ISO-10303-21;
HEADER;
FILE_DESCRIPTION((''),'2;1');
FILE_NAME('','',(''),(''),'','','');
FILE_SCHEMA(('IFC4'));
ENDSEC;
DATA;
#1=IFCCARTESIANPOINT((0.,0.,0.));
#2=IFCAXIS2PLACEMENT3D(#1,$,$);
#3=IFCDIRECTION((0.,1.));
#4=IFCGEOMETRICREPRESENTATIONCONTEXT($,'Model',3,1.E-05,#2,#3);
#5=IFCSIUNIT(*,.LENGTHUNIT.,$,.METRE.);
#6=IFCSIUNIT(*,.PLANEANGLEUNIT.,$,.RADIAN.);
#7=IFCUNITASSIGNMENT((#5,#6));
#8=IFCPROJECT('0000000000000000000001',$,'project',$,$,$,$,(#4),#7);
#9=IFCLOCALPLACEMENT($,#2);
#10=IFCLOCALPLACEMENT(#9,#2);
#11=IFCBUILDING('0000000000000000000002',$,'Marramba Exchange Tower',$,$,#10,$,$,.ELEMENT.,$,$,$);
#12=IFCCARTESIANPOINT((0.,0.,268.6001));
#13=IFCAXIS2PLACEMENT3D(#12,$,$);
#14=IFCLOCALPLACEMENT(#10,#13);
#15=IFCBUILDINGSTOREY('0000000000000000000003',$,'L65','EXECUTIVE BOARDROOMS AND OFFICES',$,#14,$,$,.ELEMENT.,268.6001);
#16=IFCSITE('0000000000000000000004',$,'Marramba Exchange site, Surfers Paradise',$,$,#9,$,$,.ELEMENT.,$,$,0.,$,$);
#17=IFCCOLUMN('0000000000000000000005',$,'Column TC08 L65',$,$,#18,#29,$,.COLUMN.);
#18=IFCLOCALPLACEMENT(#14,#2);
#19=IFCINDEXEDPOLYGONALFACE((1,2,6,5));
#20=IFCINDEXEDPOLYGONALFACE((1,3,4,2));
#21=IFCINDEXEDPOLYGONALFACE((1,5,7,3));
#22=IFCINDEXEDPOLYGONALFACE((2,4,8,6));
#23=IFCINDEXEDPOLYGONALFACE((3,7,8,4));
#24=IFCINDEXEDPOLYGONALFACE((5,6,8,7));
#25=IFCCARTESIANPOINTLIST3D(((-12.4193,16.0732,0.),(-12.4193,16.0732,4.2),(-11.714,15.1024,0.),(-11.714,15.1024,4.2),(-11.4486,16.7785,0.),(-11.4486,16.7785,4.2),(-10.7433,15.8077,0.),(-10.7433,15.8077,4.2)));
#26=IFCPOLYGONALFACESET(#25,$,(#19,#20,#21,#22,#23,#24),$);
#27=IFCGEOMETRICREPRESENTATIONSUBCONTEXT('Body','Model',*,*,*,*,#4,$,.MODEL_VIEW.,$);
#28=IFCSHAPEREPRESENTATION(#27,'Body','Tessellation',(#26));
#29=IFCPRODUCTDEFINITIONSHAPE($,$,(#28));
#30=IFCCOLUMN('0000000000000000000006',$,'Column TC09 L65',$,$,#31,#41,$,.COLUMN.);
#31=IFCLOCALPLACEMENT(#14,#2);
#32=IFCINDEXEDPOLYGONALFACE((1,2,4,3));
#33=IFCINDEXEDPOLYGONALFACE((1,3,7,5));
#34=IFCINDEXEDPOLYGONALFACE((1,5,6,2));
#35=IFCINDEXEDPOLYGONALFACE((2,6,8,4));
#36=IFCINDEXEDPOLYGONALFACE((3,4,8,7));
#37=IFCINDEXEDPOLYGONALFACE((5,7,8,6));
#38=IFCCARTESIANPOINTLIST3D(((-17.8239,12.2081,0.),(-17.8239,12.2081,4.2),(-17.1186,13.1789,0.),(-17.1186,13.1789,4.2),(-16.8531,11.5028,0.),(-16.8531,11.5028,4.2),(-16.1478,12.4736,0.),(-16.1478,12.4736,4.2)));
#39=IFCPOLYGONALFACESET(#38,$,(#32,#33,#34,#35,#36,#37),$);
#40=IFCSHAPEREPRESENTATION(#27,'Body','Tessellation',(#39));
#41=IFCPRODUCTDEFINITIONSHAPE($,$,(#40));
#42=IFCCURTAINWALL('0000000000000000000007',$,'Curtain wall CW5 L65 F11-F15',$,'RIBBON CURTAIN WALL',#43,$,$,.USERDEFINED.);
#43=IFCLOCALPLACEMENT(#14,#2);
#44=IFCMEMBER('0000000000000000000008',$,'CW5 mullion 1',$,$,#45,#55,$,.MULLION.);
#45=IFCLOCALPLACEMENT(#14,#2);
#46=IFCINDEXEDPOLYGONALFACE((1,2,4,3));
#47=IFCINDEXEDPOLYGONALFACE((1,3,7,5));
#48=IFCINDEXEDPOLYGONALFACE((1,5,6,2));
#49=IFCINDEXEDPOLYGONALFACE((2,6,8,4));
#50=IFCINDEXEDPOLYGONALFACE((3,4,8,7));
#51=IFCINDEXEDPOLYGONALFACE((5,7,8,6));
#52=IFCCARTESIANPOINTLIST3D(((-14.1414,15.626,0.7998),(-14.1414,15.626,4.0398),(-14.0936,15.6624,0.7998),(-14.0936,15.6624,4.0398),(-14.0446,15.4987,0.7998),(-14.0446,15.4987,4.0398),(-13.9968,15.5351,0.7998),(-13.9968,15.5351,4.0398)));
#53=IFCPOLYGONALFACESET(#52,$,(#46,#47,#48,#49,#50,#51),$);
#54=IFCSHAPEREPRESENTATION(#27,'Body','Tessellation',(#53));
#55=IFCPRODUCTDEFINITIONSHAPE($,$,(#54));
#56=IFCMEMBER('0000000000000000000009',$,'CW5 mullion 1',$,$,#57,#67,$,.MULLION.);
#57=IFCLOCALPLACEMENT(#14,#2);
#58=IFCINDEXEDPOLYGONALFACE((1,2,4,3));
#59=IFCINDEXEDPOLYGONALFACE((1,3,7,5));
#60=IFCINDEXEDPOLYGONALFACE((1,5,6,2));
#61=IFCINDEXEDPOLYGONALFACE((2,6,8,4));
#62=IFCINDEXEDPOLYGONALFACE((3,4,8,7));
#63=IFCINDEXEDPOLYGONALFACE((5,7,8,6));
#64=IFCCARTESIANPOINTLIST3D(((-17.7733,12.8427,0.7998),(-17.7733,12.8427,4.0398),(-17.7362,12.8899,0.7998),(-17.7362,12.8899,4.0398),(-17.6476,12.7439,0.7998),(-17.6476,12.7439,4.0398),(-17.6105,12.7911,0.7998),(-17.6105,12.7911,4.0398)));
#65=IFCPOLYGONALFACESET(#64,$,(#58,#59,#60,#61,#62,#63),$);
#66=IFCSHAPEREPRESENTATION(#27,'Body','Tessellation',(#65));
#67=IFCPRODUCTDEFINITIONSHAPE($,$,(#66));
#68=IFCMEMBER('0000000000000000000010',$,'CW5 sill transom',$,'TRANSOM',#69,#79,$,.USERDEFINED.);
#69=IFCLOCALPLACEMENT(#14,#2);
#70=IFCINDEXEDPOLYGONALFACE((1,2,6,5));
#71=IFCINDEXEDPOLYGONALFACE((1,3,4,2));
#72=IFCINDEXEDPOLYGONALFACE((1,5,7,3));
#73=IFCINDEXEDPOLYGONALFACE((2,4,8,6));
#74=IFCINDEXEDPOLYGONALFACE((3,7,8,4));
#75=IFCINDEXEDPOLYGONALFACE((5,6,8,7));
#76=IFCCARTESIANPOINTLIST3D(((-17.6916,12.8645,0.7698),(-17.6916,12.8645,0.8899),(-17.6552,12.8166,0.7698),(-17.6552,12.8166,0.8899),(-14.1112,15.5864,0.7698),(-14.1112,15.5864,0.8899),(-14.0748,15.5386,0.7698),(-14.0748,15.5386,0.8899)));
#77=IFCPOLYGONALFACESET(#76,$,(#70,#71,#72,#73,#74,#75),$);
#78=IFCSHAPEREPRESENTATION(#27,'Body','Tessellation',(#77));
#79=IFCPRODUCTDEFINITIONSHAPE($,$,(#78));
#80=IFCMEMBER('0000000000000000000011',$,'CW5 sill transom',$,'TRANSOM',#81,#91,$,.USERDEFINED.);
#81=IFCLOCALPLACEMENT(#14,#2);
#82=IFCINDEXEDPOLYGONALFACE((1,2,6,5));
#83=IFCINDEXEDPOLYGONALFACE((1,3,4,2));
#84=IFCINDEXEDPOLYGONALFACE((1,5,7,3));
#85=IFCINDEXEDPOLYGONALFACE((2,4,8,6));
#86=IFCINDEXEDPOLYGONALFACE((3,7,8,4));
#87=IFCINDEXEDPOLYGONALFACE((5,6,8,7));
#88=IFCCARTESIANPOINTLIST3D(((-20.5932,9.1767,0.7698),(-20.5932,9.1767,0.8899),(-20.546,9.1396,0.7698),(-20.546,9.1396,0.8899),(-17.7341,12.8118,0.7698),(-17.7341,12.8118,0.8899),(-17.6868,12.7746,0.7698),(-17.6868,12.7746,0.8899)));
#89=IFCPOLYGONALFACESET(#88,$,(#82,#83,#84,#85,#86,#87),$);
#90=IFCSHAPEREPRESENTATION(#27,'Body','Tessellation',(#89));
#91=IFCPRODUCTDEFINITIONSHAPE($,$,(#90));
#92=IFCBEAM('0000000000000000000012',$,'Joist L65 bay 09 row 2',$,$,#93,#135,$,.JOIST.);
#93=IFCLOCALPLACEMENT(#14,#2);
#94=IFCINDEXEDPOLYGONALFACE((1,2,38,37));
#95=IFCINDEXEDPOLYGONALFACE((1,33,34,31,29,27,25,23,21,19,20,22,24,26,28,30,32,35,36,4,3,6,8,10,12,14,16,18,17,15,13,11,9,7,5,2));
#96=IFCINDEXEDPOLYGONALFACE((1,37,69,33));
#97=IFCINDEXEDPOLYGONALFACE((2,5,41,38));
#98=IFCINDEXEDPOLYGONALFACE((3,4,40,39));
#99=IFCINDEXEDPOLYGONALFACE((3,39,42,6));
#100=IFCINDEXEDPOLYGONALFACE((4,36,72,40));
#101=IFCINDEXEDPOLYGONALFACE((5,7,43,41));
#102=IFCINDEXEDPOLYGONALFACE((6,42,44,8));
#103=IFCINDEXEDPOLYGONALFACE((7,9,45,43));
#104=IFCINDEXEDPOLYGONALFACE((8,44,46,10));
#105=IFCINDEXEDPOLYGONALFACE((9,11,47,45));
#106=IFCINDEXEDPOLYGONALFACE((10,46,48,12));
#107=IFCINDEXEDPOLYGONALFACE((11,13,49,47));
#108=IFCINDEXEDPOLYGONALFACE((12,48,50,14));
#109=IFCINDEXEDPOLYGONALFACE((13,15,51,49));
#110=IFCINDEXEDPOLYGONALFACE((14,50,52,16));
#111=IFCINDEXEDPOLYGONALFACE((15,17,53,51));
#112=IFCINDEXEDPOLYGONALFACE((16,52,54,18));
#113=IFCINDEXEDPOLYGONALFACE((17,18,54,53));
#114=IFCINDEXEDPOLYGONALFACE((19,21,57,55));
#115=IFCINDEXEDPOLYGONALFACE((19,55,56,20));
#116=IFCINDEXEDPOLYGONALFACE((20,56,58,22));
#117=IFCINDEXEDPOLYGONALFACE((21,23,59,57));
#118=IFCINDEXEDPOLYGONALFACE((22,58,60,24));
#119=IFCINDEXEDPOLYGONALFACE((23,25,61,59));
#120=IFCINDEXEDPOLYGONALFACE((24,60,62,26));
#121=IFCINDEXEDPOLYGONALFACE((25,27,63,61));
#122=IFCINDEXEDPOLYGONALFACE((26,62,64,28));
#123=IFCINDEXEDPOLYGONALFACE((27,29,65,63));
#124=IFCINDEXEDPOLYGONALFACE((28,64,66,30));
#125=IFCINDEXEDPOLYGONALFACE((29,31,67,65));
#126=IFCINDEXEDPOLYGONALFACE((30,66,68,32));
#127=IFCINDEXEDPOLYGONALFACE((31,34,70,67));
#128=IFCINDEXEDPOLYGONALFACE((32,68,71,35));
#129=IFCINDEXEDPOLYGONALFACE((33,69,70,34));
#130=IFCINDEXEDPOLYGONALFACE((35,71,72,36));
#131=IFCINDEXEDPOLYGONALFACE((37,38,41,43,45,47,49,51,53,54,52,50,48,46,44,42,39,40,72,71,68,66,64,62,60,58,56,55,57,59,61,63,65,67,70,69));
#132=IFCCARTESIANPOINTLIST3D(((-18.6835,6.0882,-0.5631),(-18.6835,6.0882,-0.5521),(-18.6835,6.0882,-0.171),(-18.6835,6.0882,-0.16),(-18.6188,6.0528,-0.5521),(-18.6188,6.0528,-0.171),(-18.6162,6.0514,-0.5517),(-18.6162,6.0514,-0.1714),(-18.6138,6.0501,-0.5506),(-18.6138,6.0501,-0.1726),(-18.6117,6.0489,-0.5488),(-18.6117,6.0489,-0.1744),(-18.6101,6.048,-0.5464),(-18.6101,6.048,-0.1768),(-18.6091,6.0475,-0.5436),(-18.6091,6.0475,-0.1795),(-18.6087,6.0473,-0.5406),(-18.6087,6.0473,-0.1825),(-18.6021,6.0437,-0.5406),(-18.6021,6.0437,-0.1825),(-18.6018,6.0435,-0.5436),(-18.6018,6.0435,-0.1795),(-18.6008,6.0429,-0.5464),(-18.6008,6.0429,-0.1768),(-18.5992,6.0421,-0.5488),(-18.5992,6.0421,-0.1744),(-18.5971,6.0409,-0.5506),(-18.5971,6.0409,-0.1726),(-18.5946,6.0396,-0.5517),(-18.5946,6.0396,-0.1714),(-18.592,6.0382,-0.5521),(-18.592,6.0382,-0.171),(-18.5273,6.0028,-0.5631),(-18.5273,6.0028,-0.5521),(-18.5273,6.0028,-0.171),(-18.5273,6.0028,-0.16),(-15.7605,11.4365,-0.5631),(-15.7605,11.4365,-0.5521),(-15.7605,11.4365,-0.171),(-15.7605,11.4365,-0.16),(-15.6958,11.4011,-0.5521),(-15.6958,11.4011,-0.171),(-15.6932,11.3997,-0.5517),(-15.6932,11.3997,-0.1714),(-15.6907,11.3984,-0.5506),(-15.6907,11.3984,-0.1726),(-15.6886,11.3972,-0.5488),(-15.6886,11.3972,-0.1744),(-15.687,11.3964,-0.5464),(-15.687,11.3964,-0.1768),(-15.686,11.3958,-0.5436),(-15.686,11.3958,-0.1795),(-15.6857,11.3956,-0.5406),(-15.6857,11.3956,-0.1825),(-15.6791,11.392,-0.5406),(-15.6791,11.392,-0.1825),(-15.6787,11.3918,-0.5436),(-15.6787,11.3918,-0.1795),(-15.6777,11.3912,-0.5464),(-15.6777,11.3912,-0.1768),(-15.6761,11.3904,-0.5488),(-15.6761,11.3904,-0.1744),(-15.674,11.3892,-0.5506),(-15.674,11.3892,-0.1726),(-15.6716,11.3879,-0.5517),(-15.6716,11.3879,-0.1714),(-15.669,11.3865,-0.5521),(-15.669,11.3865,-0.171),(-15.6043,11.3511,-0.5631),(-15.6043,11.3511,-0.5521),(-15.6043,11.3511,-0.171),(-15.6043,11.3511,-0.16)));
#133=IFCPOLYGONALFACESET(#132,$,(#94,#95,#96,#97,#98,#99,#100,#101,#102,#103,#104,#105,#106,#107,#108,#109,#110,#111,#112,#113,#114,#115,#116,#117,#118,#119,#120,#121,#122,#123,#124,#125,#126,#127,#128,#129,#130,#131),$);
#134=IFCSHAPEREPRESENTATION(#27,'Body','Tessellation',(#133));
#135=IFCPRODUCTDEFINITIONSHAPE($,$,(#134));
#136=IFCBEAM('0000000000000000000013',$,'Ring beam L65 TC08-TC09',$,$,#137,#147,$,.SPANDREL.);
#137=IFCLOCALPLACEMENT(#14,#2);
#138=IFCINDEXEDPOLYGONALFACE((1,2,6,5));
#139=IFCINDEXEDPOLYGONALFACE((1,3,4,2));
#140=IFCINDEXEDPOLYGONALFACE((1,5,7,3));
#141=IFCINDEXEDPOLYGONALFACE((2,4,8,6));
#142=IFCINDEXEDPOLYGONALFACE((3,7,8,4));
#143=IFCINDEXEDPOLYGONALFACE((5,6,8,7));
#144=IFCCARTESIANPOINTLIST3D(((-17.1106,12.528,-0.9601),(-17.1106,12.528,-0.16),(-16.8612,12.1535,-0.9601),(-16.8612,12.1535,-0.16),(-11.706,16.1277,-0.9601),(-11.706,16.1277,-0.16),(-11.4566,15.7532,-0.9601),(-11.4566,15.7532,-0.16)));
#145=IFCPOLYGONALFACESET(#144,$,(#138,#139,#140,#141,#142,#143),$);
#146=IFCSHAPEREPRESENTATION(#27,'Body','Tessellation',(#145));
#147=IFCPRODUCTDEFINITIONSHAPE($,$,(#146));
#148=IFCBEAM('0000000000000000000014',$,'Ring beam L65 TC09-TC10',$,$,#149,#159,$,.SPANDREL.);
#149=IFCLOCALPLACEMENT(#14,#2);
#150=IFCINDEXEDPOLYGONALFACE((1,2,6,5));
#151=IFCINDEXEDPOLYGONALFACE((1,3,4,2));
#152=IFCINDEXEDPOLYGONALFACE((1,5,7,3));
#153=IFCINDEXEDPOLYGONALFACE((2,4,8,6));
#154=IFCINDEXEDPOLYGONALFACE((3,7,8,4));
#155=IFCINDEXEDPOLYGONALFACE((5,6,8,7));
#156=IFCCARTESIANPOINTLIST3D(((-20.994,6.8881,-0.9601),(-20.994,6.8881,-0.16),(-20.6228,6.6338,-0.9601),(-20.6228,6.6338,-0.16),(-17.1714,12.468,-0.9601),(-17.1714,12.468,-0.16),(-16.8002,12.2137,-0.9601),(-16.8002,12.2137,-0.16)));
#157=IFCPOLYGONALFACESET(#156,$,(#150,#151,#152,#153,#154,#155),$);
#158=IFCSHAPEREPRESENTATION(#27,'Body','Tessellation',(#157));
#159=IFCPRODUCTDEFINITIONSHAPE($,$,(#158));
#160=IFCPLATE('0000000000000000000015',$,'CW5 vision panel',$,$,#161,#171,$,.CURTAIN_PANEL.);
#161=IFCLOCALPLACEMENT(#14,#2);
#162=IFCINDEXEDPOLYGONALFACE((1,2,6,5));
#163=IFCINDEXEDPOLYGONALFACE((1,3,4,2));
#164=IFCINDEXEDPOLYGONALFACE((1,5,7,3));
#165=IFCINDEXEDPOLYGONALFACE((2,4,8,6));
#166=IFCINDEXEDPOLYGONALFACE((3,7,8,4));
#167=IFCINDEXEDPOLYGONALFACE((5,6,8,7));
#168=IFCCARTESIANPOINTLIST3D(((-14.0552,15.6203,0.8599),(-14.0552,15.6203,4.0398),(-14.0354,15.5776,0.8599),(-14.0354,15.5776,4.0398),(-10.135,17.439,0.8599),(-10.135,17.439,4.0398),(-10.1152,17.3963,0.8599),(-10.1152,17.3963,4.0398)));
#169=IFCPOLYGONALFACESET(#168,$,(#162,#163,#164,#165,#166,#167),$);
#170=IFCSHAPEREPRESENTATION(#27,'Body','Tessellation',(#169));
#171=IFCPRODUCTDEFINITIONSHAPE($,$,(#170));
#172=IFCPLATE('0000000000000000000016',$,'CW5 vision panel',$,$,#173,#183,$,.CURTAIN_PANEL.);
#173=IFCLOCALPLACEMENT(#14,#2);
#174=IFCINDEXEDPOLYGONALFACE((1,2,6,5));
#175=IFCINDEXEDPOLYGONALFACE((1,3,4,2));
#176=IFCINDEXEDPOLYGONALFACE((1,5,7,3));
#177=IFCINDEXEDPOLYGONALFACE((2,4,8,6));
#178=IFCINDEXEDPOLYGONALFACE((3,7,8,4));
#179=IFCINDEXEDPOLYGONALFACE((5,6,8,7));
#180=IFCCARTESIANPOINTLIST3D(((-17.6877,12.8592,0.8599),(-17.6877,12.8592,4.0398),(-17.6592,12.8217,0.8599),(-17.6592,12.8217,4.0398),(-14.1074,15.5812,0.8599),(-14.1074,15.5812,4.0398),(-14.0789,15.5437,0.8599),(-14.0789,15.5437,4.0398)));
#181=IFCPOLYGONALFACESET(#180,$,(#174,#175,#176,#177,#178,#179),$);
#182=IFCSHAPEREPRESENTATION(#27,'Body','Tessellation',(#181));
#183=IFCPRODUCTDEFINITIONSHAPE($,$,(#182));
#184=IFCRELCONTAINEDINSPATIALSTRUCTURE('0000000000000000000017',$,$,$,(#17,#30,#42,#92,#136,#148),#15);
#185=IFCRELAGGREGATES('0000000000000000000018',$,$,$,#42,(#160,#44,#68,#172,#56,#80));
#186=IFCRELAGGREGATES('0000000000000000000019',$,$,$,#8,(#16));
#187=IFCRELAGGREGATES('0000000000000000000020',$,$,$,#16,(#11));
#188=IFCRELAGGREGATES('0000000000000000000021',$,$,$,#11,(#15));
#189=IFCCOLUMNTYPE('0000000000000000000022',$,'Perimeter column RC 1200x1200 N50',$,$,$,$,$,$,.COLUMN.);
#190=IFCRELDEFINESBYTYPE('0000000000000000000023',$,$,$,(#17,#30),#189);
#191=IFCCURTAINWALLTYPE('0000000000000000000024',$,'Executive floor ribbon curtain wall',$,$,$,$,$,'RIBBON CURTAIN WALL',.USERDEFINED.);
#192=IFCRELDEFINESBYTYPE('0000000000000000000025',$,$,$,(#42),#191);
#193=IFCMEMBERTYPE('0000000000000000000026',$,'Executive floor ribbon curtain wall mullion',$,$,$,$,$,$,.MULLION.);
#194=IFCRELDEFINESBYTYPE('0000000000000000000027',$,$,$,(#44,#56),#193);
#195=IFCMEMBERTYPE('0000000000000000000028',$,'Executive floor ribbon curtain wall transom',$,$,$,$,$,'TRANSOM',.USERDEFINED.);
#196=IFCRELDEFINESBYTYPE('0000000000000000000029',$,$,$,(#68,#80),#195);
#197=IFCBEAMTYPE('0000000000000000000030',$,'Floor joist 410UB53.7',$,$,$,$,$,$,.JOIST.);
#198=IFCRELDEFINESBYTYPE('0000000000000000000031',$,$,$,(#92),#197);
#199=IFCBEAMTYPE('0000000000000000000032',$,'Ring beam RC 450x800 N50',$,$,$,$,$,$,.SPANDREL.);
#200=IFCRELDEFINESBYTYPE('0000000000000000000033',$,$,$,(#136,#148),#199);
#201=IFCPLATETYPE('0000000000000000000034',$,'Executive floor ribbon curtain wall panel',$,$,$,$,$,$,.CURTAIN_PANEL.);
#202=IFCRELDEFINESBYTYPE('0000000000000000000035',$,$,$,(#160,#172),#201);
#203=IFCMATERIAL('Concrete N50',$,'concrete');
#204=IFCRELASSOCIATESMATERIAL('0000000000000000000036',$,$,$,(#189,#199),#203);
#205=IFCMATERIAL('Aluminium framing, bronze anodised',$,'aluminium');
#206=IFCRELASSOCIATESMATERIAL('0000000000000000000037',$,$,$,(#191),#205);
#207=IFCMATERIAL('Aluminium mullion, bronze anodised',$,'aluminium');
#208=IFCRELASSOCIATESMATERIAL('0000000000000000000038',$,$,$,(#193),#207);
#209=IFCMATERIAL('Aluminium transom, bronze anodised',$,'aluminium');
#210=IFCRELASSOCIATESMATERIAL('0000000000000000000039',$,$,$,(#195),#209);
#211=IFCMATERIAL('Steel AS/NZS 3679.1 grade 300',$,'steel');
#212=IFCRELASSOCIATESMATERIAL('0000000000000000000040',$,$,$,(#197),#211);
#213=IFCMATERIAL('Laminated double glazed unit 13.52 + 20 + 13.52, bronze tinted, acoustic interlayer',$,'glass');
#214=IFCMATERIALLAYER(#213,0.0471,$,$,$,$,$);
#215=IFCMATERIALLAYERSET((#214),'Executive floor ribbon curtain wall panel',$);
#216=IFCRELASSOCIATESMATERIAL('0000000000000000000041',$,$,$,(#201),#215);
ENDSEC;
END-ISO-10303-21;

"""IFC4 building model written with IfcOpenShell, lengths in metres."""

from ifc_helpers import new_model, si_unit, direction, frame, origin, origin_2d, place, context, subcontext, project, spatial, rectangle, i_section, extrude, material, layer, layer_set, material_profile, profile_set, type_object, element, aggregate, save


model = new_model("IFC4")

# Units and contexts
model_context = context("Model", 3, precision=1e-05, world=origin(), true_north=direction((0.0, 1.0)))
body_context = subcontext(model_context, "Body", "Model", "MODEL_VIEW")
ifc_project = project(units=[si_unit("LENGTHUNIT", "METRE"), si_unit("PLANEANGLEUNIT", "RADIAN")], contexts=[model_context])

# Site, building, storey
site_placement = place(None, origin())
site = spatial("IfcSite", under=ifc_project, at=site_placement, Name="Marramba Exchange site, Surfers Paradise", CompositionType="ELEMENT", RefElevation=0.0)
building_placement = place(site_placement, origin())
building = spatial("IfcBuilding", under=site, at=building_placement, Name="Marramba Exchange Tower", CompositionType="ELEMENT")
storey_placement = place(building_placement, frame((0.0, 0.0, 268.6001)))
storey = spatial("IfcBuildingStorey", under=building, at=storey_placement, Name="L65", Description="EXECUTIVE BOARDROOMS AND OFFICES", CompositionType="ELEMENT", Elevation=268.6001)

# Columns
ifc_material_1 = material(Name="Concrete N50", Category="concrete")
ifc_material_profile_1 = material_profile(ifc_material_1, rectangle(XDim=1.2, YDim=1.2, at=origin_2d()), Name="RC 1200x1200")
ifc_profile_set_1 = profile_set([ifc_material_profile_1], Name="Concrete N50")
column_type = type_object("IfcColumnType", Name="Perimeter column RC 1200x1200 N50", PredefinedType="COLUMN", material=ifc_profile_set_1)
for number, where, z_axis, x_axis, name in (
    (1, (-11.5813, 15.9404, 0.0), (0.0, 0.0, 1.0), (-0.587785, 0.809017, 0.0), "Column TC08 L65"),
    (2, (-16.9858, 12.3408, 0.0), (0.0, 0.0, 1.0), (-0.809017, 0.587785, 0.0), "Column TC09 L65"),
):
    element("IfcColumn", number, at=place(storey_placement, frame(where, z_axis=z_axis, x_axis=x_axis)), inside=storey, type_object=column_type, Name=name, PredefinedType="COLUMN", context=body_context, shape_type="SweptSolid", body=[
        extrude(rectangle(XDim=1.2, YDim=1.2, at=origin_2d()), origin(), (0.0, 0.0, 1.0), 4.2),
    ])

# Curtain wall, members
ifc_material_2 = material(Name="Aluminium framing, bronze anodised", Category="aluminium")
curtain_wall_type = type_object("IfcCurtainWallType", Name="Executive floor ribbon curtain wall", ElementType="RIBBON CURTAIN WALL", PredefinedType="USERDEFINED", material=ifc_material_2)
curtain_wall_placement = place(storey_placement, origin())
curtain_wall = element("IfcCurtainWall", 3, at=curtain_wall_placement, inside=storey, type_object=curtain_wall_type, Name="Curtain wall CW5 L65 F11-F15", ObjectType="RIBBON CURTAIN WALL", PredefinedType="USERDEFINED")
ifc_material_3 = material(Name="Aluminium mullion, bronze anodised", Category="aluminium")
ifc_material_profile_2 = material_profile(ifc_material_3, rectangle(XDim=0.1599, YDim=0.0601, at=origin_2d()), Name="CW5 mullion 60x160")
ifc_profile_set_2 = profile_set([ifc_material_profile_2], Name="Aluminium mullion, bronze anodised")
member_type_1 = type_object("IfcMemberType", Name="Executive floor ribbon curtain wall mullion", PredefinedType="MULLION", material=ifc_profile_set_2)
member_1_placement = place(storey_placement, frame((-14.0691, 15.5806, 0.7998), z_axis=(0.0, 0.0, 1.0), x_axis=(0.605219, -0.796059, 0.0)))
member_1 = element("IfcMember", 4, at=member_1_placement, type_object=member_type_1, Name="CW5 mullion 1", PredefinedType="MULLION", context=body_context, shape_type="SweptSolid", body=[
    extrude(rectangle(XDim=0.1599, YDim=0.0601, at=origin_2d()), origin(), (0.0, 0.0, 1.0), 3.24),
])
member_2_placement = place(storey_placement, frame((-17.6919, 12.8169, 0.7998), z_axis=(0.0, 0.0, 1.0), x_axis=(0.786003, -0.618223, 0.0)))
member_2 = element("IfcMember", 5, at=member_2_placement, type_object=member_type_1, Name="CW5 mullion 1", PredefinedType="MULLION", context=body_context, shape_type="SweptSolid", body=[
    extrude(rectangle(XDim=0.1599, YDim=0.0601, at=origin_2d()), origin(), (0.0, 0.0, 1.0), 3.24),
])
ifc_material_4 = material(Name="Aluminium transom, bronze anodised", Category="aluminium")
ifc_material_profile_3 = material_profile(ifc_material_4, rectangle(XDim=0.0601, YDim=0.1201, at=origin_2d()), Name="CW5 transom 60x120")
ifc_profile_set_3 = profile_set([ifc_material_profile_3], Name="Aluminium transom, bronze anodised")
member_type_2 = type_object("IfcMemberType", Name="Executive floor ribbon curtain wall transom", ElementType="TRANSOM", PredefinedType="USERDEFINED", material=ifc_profile_set_3)
member_3_placement = place(storey_placement, frame((-14.093, 15.5625, 0.8298), z_axis=(-0.796068, -0.605207, 0.0), x_axis=(0.605207, -0.796068, 0.0)))
member_3 = element("IfcMember", 6, at=member_3_placement, type_object=member_type_2, Name="CW5 sill transom", ObjectType="TRANSOM", PredefinedType="USERDEFINED", context=body_context, shape_type="SweptSolid", body=[
    extrude(rectangle(XDim=0.0601, YDim=0.1201, at=origin_2d()), origin(), (0.0, 0.0, 1.0), 4.4976),
])
member_4_placement = place(storey_placement, frame((-17.7104, 12.7932, 0.8298), z_axis=(-0.618229, -0.785998, 0.0), x_axis=(0.785998, -0.618229, 0.0)))
member_4 = element("IfcMember", 7, at=member_4_placement, type_object=member_type_2, Name="CW5 sill transom", ObjectType="TRANSOM", PredefinedType="USERDEFINED", context=body_context, shape_type="SweptSolid", body=[
    extrude(rectangle(XDim=0.0601, YDim=0.1201, at=origin_2d()), origin(), (0.0, 0.0, 1.0), 4.6248),
])

# Beams
ifc_material_5 = material(Name="Steel AS/NZS 3679.1 grade 300", Category="steel")
ifc_material_profile_4 = material_profile(ifc_material_5, i_section(OverallWidth=0.178, OverallDepth=0.4031, WebThickness=0.0076, FlangeThickness=0.011, FilletRadius=0.0115, at=origin_2d()), Name="410UB53.7")
ifc_profile_set_4 = profile_set([ifc_material_profile_4], Name="Steel AS/NZS 3679.1 grade 300")
beam_type_1 = type_object("IfcBeamType", Name="Floor joist 410UB53.7", PredefinedType="JOIST", material=ifc_profile_set_4)
beam_1_placement = place(storey_placement, frame((-15.6824, 11.3938, -0.3616), z_axis=(-0.479584, -0.877496, 0.0), x_axis=(0.877496, -0.479584, 0.0)))
element("IfcBeam", 8, at=beam_1_placement, inside=storey, type_object=beam_type_1, Name="Joist L65 bay 09 row 2", PredefinedType="JOIST", context=body_context, shape_type="SweptSolid", body=[
    extrude(i_section(OverallWidth=0.178, OverallDepth=0.4031, WebThickness=0.0076, FlangeThickness=0.011, FilletRadius=0.0115, at=origin_2d()), origin(), (0.0, 0.0, 1.0), 6.095),
])
ifc_material_profile_5 = material_profile(ifc_material_1, rectangle(XDim=0.45, YDim=0.8, at=origin_2d()), Name="RC 450x800")
ifc_profile_set_5 = profile_set([ifc_material_profile_5], Name="Concrete N50")
beam_type_2 = type_object("IfcBeamType", Name="Ring beam RC 450x800 N50", PredefinedType="SPANDREL", material=ifc_profile_set_5)
beam_2_placement = place(storey_placement, frame((-11.5813, 15.9404, -0.5601), z_axis=(-0.832293, -0.554336, 0.0), x_axis=(0.554336, -0.832293, 0.0)))
element("IfcBeam", 9, at=beam_2_placement, inside=storey, type_object=beam_type_2, Name="Ring beam L65 TC08-TC09", PredefinedType="SPANDREL", context=body_context, shape_type="SweptSolid", body=[
    extrude(rectangle(XDim=0.45, YDim=0.8, at=origin_2d()), origin(), (0.0, 0.0, 1.0), 6.4937),
])
beam_3_placement = place(storey_placement, frame((-16.9858, 12.3408, -0.5601), z_axis=(-0.56516, -0.824981, 0.0), x_axis=(0.824981, -0.56516, 0.0)))
element("IfcBeam", 10, at=beam_3_placement, inside=storey, type_object=beam_type_2, Name="Ring beam L65 TC09-TC10", PredefinedType="SPANDREL", context=body_context, shape_type="SweptSolid", body=[
    extrude(rectangle(XDim=0.45, YDim=0.8, at=origin_2d()), origin(), (0.0, 0.0, 1.0), 6.7637),
])

# Plates
ifc_material_6 = material(Name="Laminated double glazed unit 13.52 + 20 + 13.52, bronze tinted, acoustic interlayer", Category="glass")
ifc_layer_1 = layer(ifc_material_6, 0.0471)
ifc_layer_set_1 = layer_set([ifc_layer_1], Name="Executive floor ribbon curtain wall panel")
plate_type = type_object("IfcPlateType", Name="Executive floor ribbon curtain wall panel", PredefinedType="CURTAIN_PANEL", material=ifc_layer_set_1)
plate_1_placement = place(storey_placement, frame((-12.0852, 16.5083, 0.8599), z_axis=(0.0, 0.0, 1.0), x_axis=(-0.907131, -0.420849, 0.0)))
plate_1 = element("IfcPlate", 11, at=plate_1_placement, type_object=plate_type, Name="CW5 vision panel", PredefinedType="CURTAIN_PANEL", context=body_context, shape_type="SweptSolid", body=[
    extrude(rectangle(XDim=4.3215, YDim=0.0471, at=origin_2d()), origin(), (0.0, 0.0, 1.0), 3.1799),
])
plate_2_placement = place(storey_placement, frame((-15.8833, 14.2014, 0.8599), z_axis=(0.0, 0.0, 1.0), x_axis=(-0.796059, -0.605219, 0.0)))
plate_2 = element("IfcPlate", 12, at=plate_2_placement, type_object=plate_type, Name="CW5 vision panel", PredefinedType="CURTAIN_PANEL", context=body_context, shape_type="SweptSolid", body=[
    extrude(rectangle(XDim=4.4976, YDim=0.0471, at=origin_2d()), origin(), (0.0, 0.0, 1.0), 3.1799),
])
aggregate(curtain_wall, [plate_1, member_1, member_3, plate_2, member_2, member_4])

save(model, "model.ifc")
